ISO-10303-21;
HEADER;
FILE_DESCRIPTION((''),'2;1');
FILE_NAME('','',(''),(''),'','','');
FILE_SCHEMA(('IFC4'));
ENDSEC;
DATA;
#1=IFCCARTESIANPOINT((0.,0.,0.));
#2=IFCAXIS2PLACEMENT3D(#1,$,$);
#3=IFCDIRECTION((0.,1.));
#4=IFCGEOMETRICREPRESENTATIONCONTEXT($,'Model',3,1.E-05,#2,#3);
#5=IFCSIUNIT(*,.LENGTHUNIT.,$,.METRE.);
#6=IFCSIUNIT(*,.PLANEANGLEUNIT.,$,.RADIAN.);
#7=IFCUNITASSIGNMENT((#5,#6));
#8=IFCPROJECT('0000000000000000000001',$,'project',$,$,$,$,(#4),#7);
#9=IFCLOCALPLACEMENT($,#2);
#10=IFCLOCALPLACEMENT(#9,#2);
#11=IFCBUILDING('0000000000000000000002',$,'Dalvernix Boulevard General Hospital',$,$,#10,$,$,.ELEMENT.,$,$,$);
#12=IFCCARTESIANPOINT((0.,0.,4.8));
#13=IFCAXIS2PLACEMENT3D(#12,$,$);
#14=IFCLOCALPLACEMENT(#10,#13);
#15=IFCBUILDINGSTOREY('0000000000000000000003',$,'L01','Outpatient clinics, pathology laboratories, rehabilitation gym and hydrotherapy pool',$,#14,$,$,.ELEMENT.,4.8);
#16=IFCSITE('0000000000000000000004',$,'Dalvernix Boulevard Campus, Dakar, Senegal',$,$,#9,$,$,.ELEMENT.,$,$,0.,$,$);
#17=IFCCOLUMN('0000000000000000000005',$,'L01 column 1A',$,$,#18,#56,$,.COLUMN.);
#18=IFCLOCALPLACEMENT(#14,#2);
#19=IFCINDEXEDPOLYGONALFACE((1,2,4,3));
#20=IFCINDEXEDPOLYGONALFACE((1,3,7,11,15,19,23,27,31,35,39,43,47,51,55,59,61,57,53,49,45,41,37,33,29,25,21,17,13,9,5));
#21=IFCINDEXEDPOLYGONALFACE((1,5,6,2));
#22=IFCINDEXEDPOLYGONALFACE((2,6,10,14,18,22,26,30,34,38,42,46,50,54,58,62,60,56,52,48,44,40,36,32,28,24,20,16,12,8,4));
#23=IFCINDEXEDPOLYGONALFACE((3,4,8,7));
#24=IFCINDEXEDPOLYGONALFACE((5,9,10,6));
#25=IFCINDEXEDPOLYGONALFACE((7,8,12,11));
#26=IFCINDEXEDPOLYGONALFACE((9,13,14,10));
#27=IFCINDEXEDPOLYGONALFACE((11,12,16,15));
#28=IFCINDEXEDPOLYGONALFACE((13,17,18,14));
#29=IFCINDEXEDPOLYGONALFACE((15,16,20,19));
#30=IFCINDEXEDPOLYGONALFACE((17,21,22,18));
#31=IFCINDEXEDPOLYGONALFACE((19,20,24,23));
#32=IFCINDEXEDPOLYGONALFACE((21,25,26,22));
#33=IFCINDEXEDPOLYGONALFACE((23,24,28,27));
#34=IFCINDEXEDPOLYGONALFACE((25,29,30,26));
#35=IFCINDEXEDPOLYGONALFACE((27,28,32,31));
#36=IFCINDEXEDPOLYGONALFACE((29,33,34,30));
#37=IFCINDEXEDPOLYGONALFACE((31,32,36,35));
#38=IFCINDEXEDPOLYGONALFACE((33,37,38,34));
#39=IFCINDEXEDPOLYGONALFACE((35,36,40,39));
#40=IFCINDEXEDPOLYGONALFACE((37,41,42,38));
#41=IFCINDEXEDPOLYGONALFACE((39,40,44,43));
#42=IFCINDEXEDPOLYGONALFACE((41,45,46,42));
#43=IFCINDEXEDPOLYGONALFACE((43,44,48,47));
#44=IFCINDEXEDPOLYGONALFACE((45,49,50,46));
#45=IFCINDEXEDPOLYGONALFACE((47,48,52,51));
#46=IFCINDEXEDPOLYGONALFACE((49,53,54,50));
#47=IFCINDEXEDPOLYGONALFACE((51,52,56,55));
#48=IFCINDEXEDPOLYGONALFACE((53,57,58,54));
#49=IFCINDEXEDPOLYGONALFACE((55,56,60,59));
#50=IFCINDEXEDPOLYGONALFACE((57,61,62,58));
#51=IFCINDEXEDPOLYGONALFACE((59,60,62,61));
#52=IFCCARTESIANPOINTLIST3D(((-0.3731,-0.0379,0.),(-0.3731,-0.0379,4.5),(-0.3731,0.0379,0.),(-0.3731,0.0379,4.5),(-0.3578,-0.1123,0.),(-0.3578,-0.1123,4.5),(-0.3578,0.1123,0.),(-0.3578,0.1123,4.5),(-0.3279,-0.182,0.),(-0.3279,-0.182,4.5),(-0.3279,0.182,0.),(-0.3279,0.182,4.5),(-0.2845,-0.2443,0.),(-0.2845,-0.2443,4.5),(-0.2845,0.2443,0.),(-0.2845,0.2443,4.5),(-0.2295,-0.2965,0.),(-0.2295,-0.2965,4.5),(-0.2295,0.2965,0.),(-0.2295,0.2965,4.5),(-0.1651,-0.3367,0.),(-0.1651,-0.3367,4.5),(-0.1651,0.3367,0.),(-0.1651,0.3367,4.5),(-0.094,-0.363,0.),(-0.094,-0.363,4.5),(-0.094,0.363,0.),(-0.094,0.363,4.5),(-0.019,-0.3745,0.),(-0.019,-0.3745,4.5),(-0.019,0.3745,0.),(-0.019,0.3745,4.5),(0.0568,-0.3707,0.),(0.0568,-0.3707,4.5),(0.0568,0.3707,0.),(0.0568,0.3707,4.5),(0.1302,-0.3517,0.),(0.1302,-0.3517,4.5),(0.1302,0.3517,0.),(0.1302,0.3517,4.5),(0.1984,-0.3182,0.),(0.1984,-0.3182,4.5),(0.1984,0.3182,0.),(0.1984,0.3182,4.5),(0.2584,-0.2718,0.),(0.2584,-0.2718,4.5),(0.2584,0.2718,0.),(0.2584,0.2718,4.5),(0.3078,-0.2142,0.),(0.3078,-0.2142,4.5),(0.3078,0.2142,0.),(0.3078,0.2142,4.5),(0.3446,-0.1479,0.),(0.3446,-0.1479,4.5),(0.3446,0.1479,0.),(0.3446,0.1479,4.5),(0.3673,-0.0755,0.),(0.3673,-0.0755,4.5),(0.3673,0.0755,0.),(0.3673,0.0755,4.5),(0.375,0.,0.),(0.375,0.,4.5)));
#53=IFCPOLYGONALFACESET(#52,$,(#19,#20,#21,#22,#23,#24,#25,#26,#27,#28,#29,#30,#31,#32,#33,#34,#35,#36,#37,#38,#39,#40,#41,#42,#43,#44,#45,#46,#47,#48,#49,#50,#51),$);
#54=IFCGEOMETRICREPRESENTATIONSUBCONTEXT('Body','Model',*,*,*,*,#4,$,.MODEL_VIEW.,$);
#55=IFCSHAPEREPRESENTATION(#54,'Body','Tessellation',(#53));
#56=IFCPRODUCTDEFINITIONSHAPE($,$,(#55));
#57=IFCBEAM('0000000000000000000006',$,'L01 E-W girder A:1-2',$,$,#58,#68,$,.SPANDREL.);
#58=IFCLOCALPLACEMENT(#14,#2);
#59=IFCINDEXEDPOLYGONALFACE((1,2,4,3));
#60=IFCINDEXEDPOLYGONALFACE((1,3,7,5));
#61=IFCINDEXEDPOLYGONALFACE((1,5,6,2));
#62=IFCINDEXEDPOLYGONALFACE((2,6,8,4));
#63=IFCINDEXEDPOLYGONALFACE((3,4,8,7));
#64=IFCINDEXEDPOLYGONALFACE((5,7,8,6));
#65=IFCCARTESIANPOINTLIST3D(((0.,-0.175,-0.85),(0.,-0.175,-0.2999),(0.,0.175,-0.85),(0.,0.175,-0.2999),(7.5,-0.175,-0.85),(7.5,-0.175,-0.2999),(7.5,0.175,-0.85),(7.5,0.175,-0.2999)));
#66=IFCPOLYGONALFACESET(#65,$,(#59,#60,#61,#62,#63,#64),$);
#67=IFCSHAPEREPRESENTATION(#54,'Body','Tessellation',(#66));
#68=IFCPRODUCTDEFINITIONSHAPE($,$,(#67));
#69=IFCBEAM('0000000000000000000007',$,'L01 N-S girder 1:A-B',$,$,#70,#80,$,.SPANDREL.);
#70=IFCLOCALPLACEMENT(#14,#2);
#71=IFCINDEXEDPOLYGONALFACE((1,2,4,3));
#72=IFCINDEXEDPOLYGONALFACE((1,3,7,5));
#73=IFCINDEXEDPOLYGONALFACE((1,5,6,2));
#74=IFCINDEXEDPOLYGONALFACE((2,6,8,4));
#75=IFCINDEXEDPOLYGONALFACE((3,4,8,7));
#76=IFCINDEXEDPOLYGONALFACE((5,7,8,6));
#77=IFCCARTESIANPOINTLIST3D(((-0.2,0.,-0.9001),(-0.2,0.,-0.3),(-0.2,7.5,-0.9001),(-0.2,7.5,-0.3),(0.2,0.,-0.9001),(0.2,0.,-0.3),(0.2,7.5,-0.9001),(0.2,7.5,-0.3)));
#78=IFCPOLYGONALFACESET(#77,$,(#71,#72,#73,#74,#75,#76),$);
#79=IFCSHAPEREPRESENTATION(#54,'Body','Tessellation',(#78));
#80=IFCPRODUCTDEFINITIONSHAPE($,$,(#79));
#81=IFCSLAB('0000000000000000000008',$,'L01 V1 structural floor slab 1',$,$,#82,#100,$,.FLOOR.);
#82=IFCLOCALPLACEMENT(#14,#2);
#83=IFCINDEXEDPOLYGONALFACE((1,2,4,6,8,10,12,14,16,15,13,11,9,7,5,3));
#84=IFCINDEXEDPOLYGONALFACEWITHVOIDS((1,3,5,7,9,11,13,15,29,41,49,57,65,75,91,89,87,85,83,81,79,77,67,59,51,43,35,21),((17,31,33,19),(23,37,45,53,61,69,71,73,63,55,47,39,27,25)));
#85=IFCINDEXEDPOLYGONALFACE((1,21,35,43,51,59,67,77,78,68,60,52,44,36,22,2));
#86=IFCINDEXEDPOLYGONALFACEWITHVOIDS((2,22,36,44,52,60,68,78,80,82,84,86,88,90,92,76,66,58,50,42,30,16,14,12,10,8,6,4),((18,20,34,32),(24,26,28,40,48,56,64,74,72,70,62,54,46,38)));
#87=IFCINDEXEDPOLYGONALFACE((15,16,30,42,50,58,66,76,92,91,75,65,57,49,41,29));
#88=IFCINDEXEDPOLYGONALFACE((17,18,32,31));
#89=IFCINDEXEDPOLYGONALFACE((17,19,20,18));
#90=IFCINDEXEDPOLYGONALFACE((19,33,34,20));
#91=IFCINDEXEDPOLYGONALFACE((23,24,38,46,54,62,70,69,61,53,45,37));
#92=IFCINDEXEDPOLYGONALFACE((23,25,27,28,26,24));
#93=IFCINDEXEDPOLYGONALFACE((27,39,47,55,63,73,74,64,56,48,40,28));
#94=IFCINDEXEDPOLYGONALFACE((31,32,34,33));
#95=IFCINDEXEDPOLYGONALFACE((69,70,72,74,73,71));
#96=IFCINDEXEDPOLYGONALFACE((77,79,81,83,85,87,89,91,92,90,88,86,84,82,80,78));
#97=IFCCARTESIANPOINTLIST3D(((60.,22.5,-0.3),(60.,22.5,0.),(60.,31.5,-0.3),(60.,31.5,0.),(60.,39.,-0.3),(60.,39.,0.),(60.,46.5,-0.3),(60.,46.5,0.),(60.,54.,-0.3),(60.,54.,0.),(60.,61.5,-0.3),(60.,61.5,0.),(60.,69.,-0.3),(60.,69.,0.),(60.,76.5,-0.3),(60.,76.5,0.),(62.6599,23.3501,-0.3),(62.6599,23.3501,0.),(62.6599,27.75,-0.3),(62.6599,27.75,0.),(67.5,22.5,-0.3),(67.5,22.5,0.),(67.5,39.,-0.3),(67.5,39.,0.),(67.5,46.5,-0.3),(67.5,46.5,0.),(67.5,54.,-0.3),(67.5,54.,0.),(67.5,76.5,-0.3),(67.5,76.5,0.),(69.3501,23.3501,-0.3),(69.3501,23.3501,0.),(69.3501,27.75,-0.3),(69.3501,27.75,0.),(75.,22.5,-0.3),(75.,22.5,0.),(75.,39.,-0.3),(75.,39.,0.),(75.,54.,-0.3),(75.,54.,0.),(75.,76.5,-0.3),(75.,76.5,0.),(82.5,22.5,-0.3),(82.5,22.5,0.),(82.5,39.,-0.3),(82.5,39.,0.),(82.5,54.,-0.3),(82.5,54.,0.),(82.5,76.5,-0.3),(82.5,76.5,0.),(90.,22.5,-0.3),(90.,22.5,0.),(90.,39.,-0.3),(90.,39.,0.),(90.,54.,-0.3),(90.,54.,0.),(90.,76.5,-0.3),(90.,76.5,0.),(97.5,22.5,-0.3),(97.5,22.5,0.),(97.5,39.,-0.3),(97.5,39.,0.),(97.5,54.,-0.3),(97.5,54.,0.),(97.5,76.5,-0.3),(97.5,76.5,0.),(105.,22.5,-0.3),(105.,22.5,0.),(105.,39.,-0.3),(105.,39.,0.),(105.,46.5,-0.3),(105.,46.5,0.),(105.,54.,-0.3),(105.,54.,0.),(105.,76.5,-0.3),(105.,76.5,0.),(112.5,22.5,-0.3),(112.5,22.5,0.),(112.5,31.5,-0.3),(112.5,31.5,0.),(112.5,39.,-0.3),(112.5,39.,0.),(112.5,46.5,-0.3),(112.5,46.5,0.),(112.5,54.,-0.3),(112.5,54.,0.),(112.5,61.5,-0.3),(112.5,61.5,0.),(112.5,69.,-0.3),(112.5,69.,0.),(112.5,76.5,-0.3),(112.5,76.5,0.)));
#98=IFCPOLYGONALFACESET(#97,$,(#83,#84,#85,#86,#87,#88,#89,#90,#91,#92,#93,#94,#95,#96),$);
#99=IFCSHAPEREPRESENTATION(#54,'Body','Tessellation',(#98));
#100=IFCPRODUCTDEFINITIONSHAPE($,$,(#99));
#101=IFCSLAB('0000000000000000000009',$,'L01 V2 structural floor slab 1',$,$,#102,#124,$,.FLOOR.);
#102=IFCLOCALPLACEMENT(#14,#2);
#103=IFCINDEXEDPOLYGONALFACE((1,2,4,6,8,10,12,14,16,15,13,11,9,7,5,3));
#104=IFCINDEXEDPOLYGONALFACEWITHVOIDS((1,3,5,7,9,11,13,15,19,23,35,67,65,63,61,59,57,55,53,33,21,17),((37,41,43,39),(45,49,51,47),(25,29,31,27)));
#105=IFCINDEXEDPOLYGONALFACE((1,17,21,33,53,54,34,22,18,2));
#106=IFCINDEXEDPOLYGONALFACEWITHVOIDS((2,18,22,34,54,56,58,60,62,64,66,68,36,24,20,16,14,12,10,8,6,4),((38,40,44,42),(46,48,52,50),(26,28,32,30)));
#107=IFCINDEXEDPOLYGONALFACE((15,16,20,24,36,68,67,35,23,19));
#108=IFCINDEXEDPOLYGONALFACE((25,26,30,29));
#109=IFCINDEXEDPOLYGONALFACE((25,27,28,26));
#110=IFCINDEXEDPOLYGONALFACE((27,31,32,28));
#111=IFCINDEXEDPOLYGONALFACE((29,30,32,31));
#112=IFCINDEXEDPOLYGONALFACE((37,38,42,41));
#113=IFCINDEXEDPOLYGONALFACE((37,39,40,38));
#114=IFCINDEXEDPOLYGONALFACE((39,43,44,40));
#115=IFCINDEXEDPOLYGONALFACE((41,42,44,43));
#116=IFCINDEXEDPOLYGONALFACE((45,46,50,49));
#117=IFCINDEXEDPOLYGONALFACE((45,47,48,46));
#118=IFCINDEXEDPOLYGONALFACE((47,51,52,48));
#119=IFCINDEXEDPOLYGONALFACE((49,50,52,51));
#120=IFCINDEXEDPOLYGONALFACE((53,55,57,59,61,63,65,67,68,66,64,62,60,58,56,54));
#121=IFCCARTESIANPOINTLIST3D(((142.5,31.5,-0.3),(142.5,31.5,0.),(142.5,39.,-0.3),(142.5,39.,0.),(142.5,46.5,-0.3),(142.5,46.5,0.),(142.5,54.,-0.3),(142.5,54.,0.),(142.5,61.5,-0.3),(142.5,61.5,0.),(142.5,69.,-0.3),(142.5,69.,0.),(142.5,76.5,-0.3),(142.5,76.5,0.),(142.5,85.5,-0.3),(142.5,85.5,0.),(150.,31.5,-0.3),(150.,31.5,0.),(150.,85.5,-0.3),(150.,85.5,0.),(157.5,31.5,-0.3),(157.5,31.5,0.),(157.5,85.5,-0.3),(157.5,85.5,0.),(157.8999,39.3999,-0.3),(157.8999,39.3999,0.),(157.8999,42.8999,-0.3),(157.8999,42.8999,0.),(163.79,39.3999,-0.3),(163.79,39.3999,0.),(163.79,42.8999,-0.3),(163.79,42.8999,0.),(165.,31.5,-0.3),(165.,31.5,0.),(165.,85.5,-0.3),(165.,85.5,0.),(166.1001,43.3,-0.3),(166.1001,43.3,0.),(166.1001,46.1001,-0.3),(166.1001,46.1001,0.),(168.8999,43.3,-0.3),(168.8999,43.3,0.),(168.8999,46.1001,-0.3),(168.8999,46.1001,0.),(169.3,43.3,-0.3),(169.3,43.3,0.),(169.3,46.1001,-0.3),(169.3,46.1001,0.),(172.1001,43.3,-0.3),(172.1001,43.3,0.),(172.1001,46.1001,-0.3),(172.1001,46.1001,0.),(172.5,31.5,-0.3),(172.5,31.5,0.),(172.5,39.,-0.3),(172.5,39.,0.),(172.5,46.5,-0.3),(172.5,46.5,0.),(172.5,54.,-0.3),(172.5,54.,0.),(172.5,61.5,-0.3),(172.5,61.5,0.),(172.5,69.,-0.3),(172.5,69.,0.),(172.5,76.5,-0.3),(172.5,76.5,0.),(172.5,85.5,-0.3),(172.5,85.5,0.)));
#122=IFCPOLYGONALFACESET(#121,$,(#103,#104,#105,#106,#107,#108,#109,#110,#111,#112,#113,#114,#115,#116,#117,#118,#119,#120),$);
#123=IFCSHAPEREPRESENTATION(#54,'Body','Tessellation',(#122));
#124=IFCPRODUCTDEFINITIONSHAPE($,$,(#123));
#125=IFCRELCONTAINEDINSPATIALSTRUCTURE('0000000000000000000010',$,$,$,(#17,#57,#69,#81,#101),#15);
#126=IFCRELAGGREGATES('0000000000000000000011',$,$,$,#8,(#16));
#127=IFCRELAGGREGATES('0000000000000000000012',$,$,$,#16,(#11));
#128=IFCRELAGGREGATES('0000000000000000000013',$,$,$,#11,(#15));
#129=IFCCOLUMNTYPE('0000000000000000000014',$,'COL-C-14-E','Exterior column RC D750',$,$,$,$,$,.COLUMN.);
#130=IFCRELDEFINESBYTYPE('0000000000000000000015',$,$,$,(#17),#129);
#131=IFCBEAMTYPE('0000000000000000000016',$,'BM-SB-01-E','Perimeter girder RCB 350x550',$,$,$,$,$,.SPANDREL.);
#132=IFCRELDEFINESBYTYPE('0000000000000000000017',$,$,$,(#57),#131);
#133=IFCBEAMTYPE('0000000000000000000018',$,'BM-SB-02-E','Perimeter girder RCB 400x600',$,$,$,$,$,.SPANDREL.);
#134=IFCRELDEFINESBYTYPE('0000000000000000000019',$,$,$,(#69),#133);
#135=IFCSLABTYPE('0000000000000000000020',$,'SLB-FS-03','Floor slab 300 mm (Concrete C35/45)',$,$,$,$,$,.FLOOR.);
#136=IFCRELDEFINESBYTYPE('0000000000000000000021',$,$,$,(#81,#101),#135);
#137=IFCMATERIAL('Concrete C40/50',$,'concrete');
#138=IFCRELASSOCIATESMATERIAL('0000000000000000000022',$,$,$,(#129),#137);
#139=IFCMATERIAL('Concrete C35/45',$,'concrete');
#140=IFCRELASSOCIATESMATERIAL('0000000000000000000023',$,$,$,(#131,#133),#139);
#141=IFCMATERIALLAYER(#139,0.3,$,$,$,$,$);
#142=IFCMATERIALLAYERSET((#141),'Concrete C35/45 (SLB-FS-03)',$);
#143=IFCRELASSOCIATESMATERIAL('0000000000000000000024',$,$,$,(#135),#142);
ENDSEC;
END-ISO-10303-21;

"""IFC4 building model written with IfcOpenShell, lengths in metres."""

from ifc_helpers import new_model, si_unit, direction, frame, origin, origin_with_axes, origin_2d, place, context, subcontext, project, spatial, polyline, rectangle, circle, outline, extrude, material, layer, layer_set, material_profile, profile_set, type_object, element, save


model = new_model("IFC4")

# Units and contexts
model_context = context("Model", 3, precision=1e-05, world=origin(), true_north=direction((0.0, 1.0)))
body_context = subcontext(model_context, "Body", "Model", "MODEL_VIEW")
ifc_project = project(units=[si_unit("LENGTHUNIT", "METRE"), si_unit("PLANEANGLEUNIT", "RADIAN")], contexts=[model_context])

# Site, building, storey
site_placement = place(None, origin())
site = spatial("IfcSite", under=ifc_project, at=site_placement, Name="Dalvernix Boulevard Campus, Dakar, Senegal", CompositionType="ELEMENT", RefElevation=0.0)
building_placement = place(site_placement, origin())
building = spatial("IfcBuilding", under=site, at=building_placement, Name="Dalvernix Boulevard General Hospital", CompositionType="ELEMENT")
storey_placement = place(building_placement, frame((0.0, 0.0, 4.8)))
storey = spatial("IfcBuildingStorey", under=building, at=storey_placement, Name="L01", Description="Outpatient clinics, pathology laboratories, rehabilitation gym and hydrotherapy pool", CompositionType="ELEMENT", Elevation=4.8)

# Column
ifc_material_1 = material(Name="Concrete C40/50", Category="concrete")
ifc_material_profile_1 = material_profile(ifc_material_1, circle(Radius=0.375, at=origin_2d()), Name="RC D750")
ifc_profile_set_1 = profile_set([ifc_material_profile_1], Name="Concrete C40/50")
column_type = type_object("IfcColumnType", Name="COL-C-14-E", Description="Exterior column RC D750", PredefinedType="COLUMN", material=ifc_profile_set_1)
column_placement = place(storey_placement, origin_with_axes())
element("IfcColumn", 1, at=column_placement, inside=storey, type_object=column_type, Name="L01 column 1A", PredefinedType="COLUMN", context=body_context, shape_type="SweptSolid", body=[
    extrude(circle(Radius=0.375, at=origin_2d()), origin(), (0.0, 0.0, 1.0), 4.5),
])

# Beams
ifc_material_2 = material(Name="Concrete C35/45", Category="concrete")
ifc_material_profile_2 = material_profile(ifc_material_2, rectangle(XDim=0.3501, YDim=0.55, at=origin_2d()), Name="RCB 350x550")
ifc_profile_set_2 = profile_set([ifc_material_profile_2], Name="Concrete C35/45")
beam_type_1 = type_object("IfcBeamType", Name="BM-SB-01-E", Description="Perimeter girder RCB 350x550", PredefinedType="SPANDREL", material=ifc_profile_set_2)
beam_1_placement = place(storey_placement, frame((0.0, 0.0, -0.575), z_axis=(1.0, 0.0, 0.0), x_axis=(0.0, 1.0, 0.0)))
element("IfcBeam", 2, at=beam_1_placement, inside=storey, type_object=beam_type_1, Name="L01 E-W girder A:1-2", PredefinedType="SPANDREL", context=body_context, shape_type="SweptSolid", body=[
    extrude(rectangle(XDim=0.3501, YDim=0.55, at=origin_2d()), origin(), (0.0, 0.0, 1.0), 7.5),
])
ifc_material_profile_3 = material_profile(ifc_material_2, rectangle(XDim=0.3999, YDim=0.6001, at=origin_2d()), Name="RCB 400x600")
ifc_profile_set_3 = profile_set([ifc_material_profile_3], Name="Concrete C35/45")
beam_type_2 = type_object("IfcBeamType", Name="BM-SB-02-E", Description="Perimeter girder RCB 400x600", PredefinedType="SPANDREL", material=ifc_profile_set_3)
beam_2_placement = place(storey_placement, frame((0.0, 0.0, -0.6001), z_axis=(0.0, 1.0, 0.0), x_axis=(-1.0, 0.0, 0.0)))
element("IfcBeam", 3, at=beam_2_placement, inside=storey, type_object=beam_type_2, Name="L01 N-S girder 1:A-B", PredefinedType="SPANDREL", context=body_context, shape_type="SweptSolid", body=[
    extrude(rectangle(XDim=0.3999, YDim=0.6001, at=origin_2d()), origin(), (0.0, 0.0, 1.0), 7.5),
])

# Slabs
ifc_layer_1 = layer(ifc_material_2, 0.3)
ifc_layer_set_1 = layer_set([ifc_layer_1], Name="Concrete C35/45 (SLB-FS-03)")
slab_type_1 = type_object("IfcSlabType", Name="SLB-FS-03", Description="Floor slab 300 mm (Concrete C35/45)", PredefinedType="FLOOR", material=ifc_layer_set_1)
slab_1_placement = place(storey_placement, frame((0.0, 0.0, -0.3)))
element("IfcSlab", 4, at=slab_1_placement, inside=storey, type_object=slab_type_1, Name="L01 V1 structural floor slab 1", PredefinedType="FLOOR", context=body_context, shape_type="SweptSolid", body=[
    extrude(outline(polyline([(60.0, 61.5), (60.0, 69.0), (60.0, 76.5), (67.5, 76.5), (75.0, 76.5), (82.5, 76.5), (90.0, 76.5), (97.5, 76.5), (105.0, 76.5), (112.5, 76.5), (112.5, 69.0), (112.5, 61.5), (112.5, 54.0), (112.5, 46.5), (112.5, 39.0), (112.5, 31.5), (112.5, 22.5), (105.0, 22.5), (97.5, 22.5), (90.0, 22.5), (82.5, 22.5), (75.0, 22.5), (67.5, 22.5), (60.0, 22.5), (60.0, 31.5), (60.0, 39.0), (60.0, 46.5), (60.0, 54.0), (60.0, 61.5)]), holes=[polyline([(75.0, 54.0), (67.5, 54.0), (67.5, 46.5), (67.5, 39.0), (75.0, 39.0), (82.5, 39.0), (90.0, 39.0), (97.5, 39.0), (105.0, 39.0), (105.0, 46.5), (105.0, 54.0), (97.5, 54.0), (90.0, 54.0), (82.5, 54.0), (75.0, 54.0)]), polyline([(69.3501, 27.75), (62.6599, 27.75), (62.6599, 23.3501), (69.3501, 23.3501), (69.3501, 27.75)])]), origin(), (0.0, 0.0, 1.0), 0.3),
])
slab_2_placement = place(storey_placement, frame((0.0, 0.0, -0.3)))
element("IfcSlab", 5, at=slab_2_placement, inside=storey, type_object=slab_type_1, Name="L01 V2 structural floor slab 1", PredefinedType="FLOOR", context=body_context, shape_type="SweptSolid", body=[
    extrude(outline(polyline([(142.5, 76.5), (142.5, 85.5), (150.0, 85.5), (157.5, 85.5), (165.0, 85.5), (172.5, 85.5), (172.5, 76.5), (172.5, 69.0), (172.5, 61.5), (172.5, 54.0), (172.5, 46.5), (172.5, 39.0), (172.5, 31.5), (165.0, 31.5), (157.5, 31.5), (150.0, 31.5), (142.5, 31.5), (142.5, 39.0), (142.5, 46.5), (142.5, 54.0), (142.5, 61.5), (142.5, 69.0), (142.5, 76.5)]), holes=[polyline([(157.8999, 39.3999), (163.79, 39.3999), (163.79, 42.8999), (157.8999, 42.8999), (157.8999, 39.3999)]), polyline([(166.1001, 46.1001), (166.1001, 43.3), (168.8999, 43.3), (168.8999, 46.1001), (166.1001, 46.1001)]), polyline([(172.1001, 46.1001), (169.3, 46.1001), (169.3, 43.3), (172.1001, 43.3), (172.1001, 46.1001)])]), origin(), (0.0, 0.0, 1.0), 0.3),
])

save(model, "model.ifc")
